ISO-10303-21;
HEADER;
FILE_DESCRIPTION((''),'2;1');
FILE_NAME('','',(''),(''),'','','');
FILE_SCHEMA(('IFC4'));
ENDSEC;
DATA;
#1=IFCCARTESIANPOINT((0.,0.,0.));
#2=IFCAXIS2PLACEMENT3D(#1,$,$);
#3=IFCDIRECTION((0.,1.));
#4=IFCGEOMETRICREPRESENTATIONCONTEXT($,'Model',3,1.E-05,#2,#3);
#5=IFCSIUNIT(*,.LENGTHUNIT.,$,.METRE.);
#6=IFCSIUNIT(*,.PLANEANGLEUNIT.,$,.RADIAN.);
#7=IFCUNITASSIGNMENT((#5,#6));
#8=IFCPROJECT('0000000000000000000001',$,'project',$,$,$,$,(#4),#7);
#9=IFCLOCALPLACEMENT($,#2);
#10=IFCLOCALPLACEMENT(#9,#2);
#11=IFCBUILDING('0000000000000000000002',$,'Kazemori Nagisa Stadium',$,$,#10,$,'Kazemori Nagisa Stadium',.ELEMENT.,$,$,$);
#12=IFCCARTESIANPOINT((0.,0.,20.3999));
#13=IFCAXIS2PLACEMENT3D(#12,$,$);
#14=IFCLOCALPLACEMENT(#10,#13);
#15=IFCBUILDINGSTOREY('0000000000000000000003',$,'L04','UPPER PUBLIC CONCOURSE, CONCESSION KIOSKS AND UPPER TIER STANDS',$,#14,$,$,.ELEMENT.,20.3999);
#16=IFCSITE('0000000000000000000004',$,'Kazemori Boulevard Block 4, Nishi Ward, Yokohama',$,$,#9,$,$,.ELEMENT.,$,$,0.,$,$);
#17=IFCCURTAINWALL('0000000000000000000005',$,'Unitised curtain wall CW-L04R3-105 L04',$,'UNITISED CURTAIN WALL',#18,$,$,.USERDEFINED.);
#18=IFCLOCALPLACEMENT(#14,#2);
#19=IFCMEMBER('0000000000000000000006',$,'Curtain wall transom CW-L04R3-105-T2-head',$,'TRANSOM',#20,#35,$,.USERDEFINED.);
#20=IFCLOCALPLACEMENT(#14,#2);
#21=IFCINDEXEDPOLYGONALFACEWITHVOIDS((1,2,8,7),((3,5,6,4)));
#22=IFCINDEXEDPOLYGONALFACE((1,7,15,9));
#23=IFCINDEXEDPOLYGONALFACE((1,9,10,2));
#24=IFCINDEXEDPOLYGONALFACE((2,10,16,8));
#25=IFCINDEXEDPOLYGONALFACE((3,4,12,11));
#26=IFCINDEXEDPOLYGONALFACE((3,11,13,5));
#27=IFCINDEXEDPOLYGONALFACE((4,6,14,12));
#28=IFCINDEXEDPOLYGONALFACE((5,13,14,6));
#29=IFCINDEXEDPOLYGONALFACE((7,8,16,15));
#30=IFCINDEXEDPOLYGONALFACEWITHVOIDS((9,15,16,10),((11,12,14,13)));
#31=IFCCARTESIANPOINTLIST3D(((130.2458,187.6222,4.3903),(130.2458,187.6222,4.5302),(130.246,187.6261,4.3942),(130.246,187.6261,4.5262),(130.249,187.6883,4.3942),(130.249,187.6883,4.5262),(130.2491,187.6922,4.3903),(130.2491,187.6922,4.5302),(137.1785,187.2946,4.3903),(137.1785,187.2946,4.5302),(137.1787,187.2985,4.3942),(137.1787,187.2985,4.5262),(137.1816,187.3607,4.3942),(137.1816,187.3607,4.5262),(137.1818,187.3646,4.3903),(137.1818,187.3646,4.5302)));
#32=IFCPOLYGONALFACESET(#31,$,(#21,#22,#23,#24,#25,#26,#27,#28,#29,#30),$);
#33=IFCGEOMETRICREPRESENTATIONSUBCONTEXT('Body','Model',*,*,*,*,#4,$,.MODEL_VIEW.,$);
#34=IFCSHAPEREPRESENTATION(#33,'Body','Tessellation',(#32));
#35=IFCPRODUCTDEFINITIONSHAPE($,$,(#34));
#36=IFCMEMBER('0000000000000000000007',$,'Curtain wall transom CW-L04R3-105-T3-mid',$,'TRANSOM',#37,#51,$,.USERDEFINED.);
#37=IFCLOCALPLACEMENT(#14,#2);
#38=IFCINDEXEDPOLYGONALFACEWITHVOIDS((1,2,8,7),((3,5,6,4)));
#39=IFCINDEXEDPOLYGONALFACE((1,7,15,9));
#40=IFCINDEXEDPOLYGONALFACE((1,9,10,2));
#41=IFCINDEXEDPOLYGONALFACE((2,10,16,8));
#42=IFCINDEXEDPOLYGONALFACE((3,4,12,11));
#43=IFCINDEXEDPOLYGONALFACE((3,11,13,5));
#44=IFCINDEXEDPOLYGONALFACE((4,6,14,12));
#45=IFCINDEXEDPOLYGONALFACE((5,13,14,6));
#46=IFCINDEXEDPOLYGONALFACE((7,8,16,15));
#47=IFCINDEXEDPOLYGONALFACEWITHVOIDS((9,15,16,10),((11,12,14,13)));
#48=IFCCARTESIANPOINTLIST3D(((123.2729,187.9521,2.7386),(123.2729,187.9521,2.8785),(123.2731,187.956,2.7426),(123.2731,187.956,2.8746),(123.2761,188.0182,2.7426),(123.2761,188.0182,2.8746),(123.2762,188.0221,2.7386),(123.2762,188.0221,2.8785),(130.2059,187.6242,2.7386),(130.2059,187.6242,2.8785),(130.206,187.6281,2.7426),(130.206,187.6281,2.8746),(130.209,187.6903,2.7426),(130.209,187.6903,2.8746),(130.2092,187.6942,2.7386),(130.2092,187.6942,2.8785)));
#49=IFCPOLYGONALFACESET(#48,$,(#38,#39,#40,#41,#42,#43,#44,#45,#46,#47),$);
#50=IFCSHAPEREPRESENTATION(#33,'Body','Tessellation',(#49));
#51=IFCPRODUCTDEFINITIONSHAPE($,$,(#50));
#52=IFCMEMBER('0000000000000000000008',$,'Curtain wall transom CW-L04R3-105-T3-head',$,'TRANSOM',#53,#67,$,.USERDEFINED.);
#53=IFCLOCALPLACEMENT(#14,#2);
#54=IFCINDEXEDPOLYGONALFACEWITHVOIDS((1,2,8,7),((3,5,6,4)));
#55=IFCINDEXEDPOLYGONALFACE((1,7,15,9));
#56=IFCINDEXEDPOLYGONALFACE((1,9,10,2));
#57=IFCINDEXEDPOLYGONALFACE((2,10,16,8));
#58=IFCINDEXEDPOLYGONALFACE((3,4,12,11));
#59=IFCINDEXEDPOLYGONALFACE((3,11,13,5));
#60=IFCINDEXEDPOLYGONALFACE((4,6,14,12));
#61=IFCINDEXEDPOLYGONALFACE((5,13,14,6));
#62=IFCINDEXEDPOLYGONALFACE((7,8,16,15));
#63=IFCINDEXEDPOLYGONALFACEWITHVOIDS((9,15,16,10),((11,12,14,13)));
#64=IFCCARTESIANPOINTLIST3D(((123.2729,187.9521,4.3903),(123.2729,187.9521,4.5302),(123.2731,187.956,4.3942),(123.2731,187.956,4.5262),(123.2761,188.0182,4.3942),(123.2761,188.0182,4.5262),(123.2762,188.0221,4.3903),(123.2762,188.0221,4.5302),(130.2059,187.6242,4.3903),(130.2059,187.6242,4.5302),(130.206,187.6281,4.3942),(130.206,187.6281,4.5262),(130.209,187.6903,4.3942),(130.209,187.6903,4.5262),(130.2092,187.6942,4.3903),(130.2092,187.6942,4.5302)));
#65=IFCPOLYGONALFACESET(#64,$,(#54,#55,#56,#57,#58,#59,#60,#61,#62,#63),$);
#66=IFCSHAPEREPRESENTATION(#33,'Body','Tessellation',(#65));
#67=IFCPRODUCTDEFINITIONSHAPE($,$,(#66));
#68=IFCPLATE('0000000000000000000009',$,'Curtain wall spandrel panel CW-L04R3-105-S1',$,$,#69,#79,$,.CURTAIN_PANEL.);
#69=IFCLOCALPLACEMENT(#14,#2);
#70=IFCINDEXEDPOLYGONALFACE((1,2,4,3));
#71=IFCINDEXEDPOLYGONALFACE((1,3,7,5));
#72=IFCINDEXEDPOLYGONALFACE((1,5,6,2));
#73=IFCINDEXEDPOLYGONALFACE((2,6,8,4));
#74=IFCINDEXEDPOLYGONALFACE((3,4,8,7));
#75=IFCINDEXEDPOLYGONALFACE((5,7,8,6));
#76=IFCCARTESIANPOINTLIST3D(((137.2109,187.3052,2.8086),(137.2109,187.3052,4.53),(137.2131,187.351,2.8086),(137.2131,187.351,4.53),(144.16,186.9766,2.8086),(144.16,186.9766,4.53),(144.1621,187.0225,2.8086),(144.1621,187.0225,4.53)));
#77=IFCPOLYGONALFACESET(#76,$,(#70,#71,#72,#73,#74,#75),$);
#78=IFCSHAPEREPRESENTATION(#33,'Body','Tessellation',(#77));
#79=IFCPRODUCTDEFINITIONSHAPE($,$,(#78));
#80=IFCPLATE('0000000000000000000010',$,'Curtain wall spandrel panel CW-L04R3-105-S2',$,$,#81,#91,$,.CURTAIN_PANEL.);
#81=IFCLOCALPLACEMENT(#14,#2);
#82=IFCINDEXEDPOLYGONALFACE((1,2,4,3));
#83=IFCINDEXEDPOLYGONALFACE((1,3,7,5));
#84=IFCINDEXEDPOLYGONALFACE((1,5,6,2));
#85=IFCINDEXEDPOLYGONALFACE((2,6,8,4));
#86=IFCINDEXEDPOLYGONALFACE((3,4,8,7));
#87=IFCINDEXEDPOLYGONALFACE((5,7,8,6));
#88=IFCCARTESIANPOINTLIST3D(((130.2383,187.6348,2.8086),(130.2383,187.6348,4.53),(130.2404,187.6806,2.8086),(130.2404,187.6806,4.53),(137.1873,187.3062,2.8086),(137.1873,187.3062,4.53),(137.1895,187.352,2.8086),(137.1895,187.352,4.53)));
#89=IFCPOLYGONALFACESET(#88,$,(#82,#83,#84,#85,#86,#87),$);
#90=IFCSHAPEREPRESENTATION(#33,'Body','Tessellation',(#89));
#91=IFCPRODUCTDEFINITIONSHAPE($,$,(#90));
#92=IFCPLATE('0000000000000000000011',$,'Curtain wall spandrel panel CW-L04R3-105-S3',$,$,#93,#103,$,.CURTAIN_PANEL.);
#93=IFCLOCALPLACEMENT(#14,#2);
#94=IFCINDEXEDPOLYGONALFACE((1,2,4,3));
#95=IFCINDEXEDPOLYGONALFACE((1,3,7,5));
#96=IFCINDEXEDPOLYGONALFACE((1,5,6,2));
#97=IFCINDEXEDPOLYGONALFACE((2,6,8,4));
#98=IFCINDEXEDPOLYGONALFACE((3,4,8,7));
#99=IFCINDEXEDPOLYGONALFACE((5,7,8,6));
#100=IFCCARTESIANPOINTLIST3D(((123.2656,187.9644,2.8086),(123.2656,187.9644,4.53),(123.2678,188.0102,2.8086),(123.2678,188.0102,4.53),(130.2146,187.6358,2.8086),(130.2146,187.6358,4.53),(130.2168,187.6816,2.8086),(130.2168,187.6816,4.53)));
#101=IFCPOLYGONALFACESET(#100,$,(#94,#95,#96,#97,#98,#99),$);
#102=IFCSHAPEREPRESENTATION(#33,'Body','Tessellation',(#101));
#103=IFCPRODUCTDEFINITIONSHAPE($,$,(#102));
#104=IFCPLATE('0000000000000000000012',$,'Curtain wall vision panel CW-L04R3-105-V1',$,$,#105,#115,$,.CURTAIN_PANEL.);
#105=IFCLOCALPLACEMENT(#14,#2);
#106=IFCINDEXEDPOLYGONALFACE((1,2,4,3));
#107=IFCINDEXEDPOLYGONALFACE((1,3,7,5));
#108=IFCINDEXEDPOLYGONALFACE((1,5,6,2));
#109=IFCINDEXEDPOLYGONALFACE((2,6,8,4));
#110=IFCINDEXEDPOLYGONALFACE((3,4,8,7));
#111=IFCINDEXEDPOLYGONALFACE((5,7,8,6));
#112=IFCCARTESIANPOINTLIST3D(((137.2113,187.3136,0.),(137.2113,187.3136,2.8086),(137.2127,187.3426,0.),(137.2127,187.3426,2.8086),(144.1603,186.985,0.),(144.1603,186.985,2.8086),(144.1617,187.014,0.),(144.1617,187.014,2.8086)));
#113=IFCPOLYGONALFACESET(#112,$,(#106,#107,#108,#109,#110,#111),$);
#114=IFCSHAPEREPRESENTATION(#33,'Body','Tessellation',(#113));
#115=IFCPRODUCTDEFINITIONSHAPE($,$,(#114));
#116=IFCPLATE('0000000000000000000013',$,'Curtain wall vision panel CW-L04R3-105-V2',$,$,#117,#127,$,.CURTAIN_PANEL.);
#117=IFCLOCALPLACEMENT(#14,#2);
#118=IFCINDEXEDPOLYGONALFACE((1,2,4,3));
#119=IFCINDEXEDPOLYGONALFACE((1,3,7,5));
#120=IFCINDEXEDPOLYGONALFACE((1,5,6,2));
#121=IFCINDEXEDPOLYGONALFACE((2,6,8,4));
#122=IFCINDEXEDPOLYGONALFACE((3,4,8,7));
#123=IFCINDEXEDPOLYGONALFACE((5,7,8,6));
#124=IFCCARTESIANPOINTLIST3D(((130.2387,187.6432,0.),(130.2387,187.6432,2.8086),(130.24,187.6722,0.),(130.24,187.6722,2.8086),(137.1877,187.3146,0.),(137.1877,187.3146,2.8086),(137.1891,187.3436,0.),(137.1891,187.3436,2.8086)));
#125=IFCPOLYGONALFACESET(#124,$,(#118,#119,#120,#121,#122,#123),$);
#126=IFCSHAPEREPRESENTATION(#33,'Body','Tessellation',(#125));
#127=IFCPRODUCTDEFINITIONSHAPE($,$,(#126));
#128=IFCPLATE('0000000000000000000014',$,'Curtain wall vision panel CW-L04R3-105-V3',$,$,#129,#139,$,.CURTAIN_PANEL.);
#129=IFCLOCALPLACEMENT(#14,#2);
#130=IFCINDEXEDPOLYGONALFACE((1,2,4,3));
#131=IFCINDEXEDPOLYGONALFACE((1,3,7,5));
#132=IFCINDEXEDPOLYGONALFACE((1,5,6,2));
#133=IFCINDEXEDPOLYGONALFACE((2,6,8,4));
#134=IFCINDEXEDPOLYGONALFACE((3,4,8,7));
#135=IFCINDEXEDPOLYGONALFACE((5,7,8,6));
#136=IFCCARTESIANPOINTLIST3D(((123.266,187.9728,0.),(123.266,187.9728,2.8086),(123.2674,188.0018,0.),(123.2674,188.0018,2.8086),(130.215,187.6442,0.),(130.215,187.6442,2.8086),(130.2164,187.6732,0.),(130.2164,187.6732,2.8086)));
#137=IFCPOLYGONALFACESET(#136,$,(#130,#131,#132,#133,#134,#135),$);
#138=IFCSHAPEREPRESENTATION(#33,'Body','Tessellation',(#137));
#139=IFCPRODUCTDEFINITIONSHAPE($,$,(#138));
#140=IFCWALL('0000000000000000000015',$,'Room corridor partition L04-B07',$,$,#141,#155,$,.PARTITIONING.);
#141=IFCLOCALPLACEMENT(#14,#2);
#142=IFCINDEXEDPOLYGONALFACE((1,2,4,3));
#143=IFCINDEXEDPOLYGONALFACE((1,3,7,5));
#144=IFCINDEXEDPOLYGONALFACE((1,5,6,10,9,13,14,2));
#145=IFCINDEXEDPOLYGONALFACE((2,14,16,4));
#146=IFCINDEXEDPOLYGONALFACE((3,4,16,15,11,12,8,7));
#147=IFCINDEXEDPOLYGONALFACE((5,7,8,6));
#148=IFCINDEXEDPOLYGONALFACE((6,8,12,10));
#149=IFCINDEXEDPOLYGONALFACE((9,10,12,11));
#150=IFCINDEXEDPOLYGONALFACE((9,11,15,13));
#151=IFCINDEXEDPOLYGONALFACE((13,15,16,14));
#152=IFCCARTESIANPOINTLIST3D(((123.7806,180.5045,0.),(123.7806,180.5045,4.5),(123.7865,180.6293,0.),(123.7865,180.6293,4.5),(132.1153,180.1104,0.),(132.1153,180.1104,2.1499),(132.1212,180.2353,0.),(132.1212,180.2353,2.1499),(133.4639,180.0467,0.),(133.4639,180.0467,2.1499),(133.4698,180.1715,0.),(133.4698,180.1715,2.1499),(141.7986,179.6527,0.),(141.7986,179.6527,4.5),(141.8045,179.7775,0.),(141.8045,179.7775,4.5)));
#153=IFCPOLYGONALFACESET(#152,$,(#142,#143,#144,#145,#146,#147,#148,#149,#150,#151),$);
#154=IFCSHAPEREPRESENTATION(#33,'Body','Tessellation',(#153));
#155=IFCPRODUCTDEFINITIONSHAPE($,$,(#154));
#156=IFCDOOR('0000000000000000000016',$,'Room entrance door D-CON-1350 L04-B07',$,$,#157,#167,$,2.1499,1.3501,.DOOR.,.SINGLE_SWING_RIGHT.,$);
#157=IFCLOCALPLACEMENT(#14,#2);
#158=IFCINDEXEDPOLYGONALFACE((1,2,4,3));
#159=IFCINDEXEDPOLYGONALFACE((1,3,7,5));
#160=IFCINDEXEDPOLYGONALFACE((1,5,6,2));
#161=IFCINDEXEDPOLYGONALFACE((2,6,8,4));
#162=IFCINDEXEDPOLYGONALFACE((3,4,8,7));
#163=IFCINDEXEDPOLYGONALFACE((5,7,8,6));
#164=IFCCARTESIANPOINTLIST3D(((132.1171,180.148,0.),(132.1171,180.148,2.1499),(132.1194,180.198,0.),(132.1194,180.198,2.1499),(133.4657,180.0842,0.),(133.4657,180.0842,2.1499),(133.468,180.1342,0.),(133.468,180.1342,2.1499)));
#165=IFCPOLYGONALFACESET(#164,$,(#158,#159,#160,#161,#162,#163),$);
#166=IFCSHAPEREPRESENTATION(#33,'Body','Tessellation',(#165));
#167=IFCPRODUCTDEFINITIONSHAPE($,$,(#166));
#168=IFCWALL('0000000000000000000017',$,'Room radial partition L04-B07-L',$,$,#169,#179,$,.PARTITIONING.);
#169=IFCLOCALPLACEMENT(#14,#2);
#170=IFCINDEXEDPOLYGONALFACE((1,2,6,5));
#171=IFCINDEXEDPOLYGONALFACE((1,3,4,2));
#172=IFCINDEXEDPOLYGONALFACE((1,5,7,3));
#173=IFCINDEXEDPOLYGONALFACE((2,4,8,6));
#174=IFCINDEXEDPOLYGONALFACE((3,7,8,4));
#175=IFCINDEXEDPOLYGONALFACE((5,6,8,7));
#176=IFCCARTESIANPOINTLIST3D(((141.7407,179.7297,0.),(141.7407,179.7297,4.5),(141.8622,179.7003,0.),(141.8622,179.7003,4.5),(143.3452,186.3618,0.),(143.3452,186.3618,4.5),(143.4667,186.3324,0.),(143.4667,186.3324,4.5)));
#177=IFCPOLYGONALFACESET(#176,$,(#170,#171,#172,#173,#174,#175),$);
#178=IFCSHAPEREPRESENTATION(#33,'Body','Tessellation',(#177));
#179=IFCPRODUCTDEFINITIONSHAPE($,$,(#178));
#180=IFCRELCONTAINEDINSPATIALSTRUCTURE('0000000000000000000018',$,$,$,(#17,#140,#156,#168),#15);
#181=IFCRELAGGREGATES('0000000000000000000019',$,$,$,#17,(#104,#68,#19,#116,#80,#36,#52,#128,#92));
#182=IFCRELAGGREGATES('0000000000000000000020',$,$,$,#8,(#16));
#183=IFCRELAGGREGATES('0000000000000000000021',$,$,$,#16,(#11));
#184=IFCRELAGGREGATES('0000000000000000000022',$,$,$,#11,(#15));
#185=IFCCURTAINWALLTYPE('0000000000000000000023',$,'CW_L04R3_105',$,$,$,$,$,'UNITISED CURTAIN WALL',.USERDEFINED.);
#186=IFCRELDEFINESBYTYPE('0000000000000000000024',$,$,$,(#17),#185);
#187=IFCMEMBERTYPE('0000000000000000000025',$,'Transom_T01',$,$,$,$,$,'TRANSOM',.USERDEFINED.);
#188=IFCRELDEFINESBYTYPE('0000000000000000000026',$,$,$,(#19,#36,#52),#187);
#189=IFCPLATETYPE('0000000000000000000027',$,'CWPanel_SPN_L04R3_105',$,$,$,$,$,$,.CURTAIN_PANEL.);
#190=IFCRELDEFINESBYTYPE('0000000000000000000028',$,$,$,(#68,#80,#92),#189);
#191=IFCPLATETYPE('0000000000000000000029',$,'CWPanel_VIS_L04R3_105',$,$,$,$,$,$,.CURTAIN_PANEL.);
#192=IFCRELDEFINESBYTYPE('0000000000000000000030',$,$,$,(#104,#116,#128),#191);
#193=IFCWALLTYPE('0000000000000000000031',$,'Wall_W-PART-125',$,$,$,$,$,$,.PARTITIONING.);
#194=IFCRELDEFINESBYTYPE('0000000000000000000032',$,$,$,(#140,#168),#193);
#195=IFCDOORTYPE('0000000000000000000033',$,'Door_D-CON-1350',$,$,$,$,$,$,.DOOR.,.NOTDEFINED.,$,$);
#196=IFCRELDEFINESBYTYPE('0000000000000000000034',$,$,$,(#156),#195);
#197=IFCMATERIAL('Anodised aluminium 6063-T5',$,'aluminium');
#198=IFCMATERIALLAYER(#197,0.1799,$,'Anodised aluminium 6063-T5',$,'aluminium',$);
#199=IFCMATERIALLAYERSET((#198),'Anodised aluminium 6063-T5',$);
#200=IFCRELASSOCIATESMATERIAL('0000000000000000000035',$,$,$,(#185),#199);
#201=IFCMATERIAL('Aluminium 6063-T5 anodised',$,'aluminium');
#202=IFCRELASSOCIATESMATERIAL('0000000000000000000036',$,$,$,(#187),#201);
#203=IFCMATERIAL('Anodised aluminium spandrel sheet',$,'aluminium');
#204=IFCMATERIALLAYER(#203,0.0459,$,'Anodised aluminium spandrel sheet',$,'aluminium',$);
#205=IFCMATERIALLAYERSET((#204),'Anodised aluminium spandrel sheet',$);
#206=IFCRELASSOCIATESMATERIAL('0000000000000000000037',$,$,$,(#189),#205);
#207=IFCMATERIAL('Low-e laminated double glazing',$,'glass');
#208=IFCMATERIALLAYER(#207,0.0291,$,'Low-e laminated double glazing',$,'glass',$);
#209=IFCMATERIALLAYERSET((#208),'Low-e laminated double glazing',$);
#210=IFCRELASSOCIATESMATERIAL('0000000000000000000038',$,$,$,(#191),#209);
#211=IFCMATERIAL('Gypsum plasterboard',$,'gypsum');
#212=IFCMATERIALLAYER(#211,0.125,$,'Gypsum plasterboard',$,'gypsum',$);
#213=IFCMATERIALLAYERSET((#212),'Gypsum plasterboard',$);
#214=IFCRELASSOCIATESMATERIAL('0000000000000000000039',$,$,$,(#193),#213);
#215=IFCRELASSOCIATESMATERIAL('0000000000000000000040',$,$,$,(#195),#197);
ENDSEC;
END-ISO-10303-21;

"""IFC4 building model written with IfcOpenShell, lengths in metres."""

from ifc_helpers import new_model, si_unit, direction, frame, frame_2d, origin, origin_2d, place, context, subcontext, project, spatial, rectangle, hollow_rectangle, extrude, material, layer, layer_set, material_profile, profile_set, type_object, element, fill, aggregate, save


model = new_model("IFC4")

# Units and contexts
model_context = context("Model", 3, precision=1e-05, world=origin(), true_north=direction((0.0, 1.0)))
body_context = subcontext(model_context, "Body", "Model", "MODEL_VIEW")
ifc_project = project(units=[si_unit("LENGTHUNIT", "METRE"), si_unit("PLANEANGLEUNIT", "RADIAN")], contexts=[model_context])

# Site, building, storey
site_placement = place(None, origin())
site = spatial("IfcSite", under=ifc_project, at=site_placement, Name="Kazemori Boulevard Block 4, Nishi Ward, Yokohama", CompositionType="ELEMENT", RefElevation=0.0)
building_placement = place(site_placement, origin())
building = spatial("IfcBuilding", under=site, at=building_placement, Name="Kazemori Nagisa Stadium", LongName="Kazemori Nagisa Stadium", CompositionType="ELEMENT")
storey_placement = place(building_placement, frame((0.0, 0.0, 20.3999)))
storey = spatial("IfcBuildingStorey", under=building, at=storey_placement, Name="L04", Description="UPPER PUBLIC CONCOURSE, CONCESSION KIOSKS AND UPPER TIER STANDS", CompositionType="ELEMENT", Elevation=20.3999)

# Curtain wall, members, plates
ifc_material_1 = material(Name="Anodised aluminium 6063-T5", Category="aluminium")
ifc_layer_1 = layer(ifc_material_1, 0.1799, Name="Anodised aluminium 6063-T5", Category="aluminium")
ifc_layer_set_1 = layer_set([ifc_layer_1], Name="Anodised aluminium 6063-T5")
curtain_wall_type = type_object("IfcCurtainWallType", Name="CW_L04R3_105", ElementType="UNITISED CURTAIN WALL", PredefinedType="USERDEFINED", material=ifc_layer_set_1)
curtain_wall_placement = place(storey_placement, origin())
curtain_wall = element("IfcCurtainWall", 1, at=curtain_wall_placement, inside=storey, type_object=curtain_wall_type, Name="Unitised curtain wall CW-L04R3-105 L04", ObjectType="UNITISED CURTAIN WALL", PredefinedType="USERDEFINED")
ifc_material_2 = material(Name="Aluminium 6063-T5 anodised", Category="aluminium")
ifc_material_profile_1 = material_profile(ifc_material_2, hollow_rectangle(XDim=0.0701, YDim=0.1399, WallThickness=0.0039, at=origin_2d()), Name="ALU-TRAN-70x140x4")
ifc_profile_set_1 = profile_set([ifc_material_profile_1], Name="Aluminium 6063-T5 anodised")
member_type_1 = type_object("IfcMemberType", Name="Transom_T01", ElementType="TRANSOM", PredefinedType="USERDEFINED", material=ifc_profile_set_1)
member_1_placement = place(storey_placement, frame((137.1802, 187.3296, 4.4602), z_axis=(-0.998885, 0.047207, 0.0), x_axis=(-0.047207, -0.998885, 0.0)))
member_1 = element("IfcMember", 2, at=member_1_placement, type_object=member_type_1, Name="Curtain wall transom CW-L04R3-105-T2-head", ObjectType="TRANSOM", PredefinedType="USERDEFINED", context=body_context, shape_type="SweptSolid", body=[
    extrude(hollow_rectangle(XDim=0.0701, YDim=0.1399, WallThickness=0.0039, at=origin_2d()), origin(), (0.0, 0.0, 1.0), 6.9404),
])
member_2_placement = place(storey_placement, frame((130.2075, 187.6592, 2.8086), z_axis=(-0.998884, 0.047241, 0.0), x_axis=(-0.047241, -0.998884, 0.0)))
member_2 = element("IfcMember", 3, at=member_2_placement, type_object=member_type_1, Name="Curtain wall transom CW-L04R3-105-T3-mid", ObjectType="TRANSOM", PredefinedType="USERDEFINED", context=body_context, shape_type="SweptSolid", body=[
    extrude(hollow_rectangle(XDim=0.0701, YDim=0.1399, WallThickness=0.0039, at=origin_2d()), origin(), (0.0, 0.0, 1.0), 6.9407),
])
member_3_placement = place(storey_placement, frame((130.2075, 187.6592, 4.4602), z_axis=(-0.998884, 0.047241, 0.0), x_axis=(-0.047241, -0.998884, 0.0)))
member_3 = element("IfcMember", 4, at=member_3_placement, type_object=member_type_1, Name="Curtain wall transom CW-L04R3-105-T3-head", ObjectType="TRANSOM", PredefinedType="USERDEFINED", context=body_context, shape_type="SweptSolid", body=[
    extrude(hollow_rectangle(XDim=0.0701, YDim=0.1399, WallThickness=0.0039, at=origin_2d()), origin(), (0.0, 0.0, 1.0), 6.9407),
])
ifc_material_3 = material(Name="Anodised aluminium spandrel sheet", Category="aluminium")
ifc_layer_2 = layer(ifc_material_3, 0.0459, Name="Anodised aluminium spandrel sheet", Category="aluminium")
ifc_layer_set_2 = layer_set([ifc_layer_2], Name="Anodised aluminium spandrel sheet")
plate_type_1 = type_object("IfcPlateType", Name="CWPanel_SPN_L04R3_105", PredefinedType="CURTAIN_PANEL", material=ifc_layer_set_2)
plate_1_placement = place(storey_placement, frame((140.6865, 187.1638, 2.8086), z_axis=(0.0, 0.0, 1.0), x_axis=(-0.998884, 0.04723, 0.0)))
plate_1 = element("IfcPlate", 5, at=plate_1_placement, type_object=plate_type_1, Name="Curtain wall spandrel panel CW-L04R3-105-S1", PredefinedType="CURTAIN_PANEL", context=body_context, shape_type="SweptSolid", body=[
    extrude(rectangle(XDim=6.9568, YDim=0.0459, at=origin_2d()), origin(), (0.0, 0.0, 1.0), 1.7214),
])
plate_2_placement = place(storey_placement, frame((133.7139, 187.4934, 2.8086), z_axis=(0.0, 0.0, 1.0), x_axis=(-0.998884, 0.04723, 0.0)))
plate_2 = element("IfcPlate", 6, at=plate_2_placement, type_object=plate_type_1, Name="Curtain wall spandrel panel CW-L04R3-105-S2", PredefinedType="CURTAIN_PANEL", context=body_context, shape_type="SweptSolid", body=[
    extrude(rectangle(XDim=6.9568, YDim=0.0459, at=origin_2d()), origin(), (0.0, 0.0, 1.0), 1.7214),
])
plate_3_placement = place(storey_placement, frame((126.7412, 187.823, 2.8086), z_axis=(0.0, 0.0, 1.0), x_axis=(-0.998884, 0.04723, 0.0)))
plate_3 = element("IfcPlate", 7, at=plate_3_placement, type_object=plate_type_1, Name="Curtain wall spandrel panel CW-L04R3-105-S3", PredefinedType="CURTAIN_PANEL", context=body_context, shape_type="SweptSolid", body=[
    extrude(rectangle(XDim=6.9568, YDim=0.0459, at=origin_2d()), origin(), (0.0, 0.0, 1.0), 1.7214),
])
ifc_material_4 = material(Name="Low-e laminated double glazing", Category="glass")
ifc_layer_3 = layer(ifc_material_4, 0.0291, Name="Low-e laminated double glazing", Category="glass")
ifc_layer_set_3 = layer_set([ifc_layer_3], Name="Low-e laminated double glazing")
plate_type_2 = type_object("IfcPlateType", Name="CWPanel_VIS_L04R3_105", PredefinedType="CURTAIN_PANEL", material=ifc_layer_set_3)
plate_4_placement = place(storey_placement, frame((140.6865, 187.1638, 0.0), z_axis=(0.0, 0.0, 1.0), x_axis=(-0.998884, 0.04723, 0.0)))
plate_4 = element("IfcPlate", 8, at=plate_4_placement, type_object=plate_type_2, Name="Curtain wall vision panel CW-L04R3-105-V1", PredefinedType="CURTAIN_PANEL", context=body_context, shape_type="SweptSolid", body=[
    extrude(rectangle(XDim=6.9568, YDim=0.0291, at=origin_2d()), origin(), (0.0, 0.0, 1.0), 2.8086),
])
plate_5_placement = place(storey_placement, frame((133.7139, 187.4934, 0.0), z_axis=(0.0, 0.0, 1.0), x_axis=(-0.998884, 0.04723, 0.0)))
plate_5 = element("IfcPlate", 9, at=plate_5_placement, type_object=plate_type_2, Name="Curtain wall vision panel CW-L04R3-105-V2", PredefinedType="CURTAIN_PANEL", context=body_context, shape_type="SweptSolid", body=[
    extrude(rectangle(XDim=6.9568, YDim=0.0291, at=origin_2d()), origin(), (0.0, 0.0, 1.0), 2.8086),
])
plate_6_placement = place(storey_placement, frame((126.7412, 187.823, 0.0), z_axis=(0.0, 0.0, 1.0), x_axis=(-0.998884, 0.04723, 0.0)))
plate_6 = element("IfcPlate", 10, at=plate_6_placement, type_object=plate_type_2, Name="Curtain wall vision panel CW-L04R3-105-V3", PredefinedType="CURTAIN_PANEL", context=body_context, shape_type="SweptSolid", body=[
    extrude(rectangle(XDim=6.9568, YDim=0.0291, at=origin_2d()), origin(), (0.0, 0.0, 1.0), 2.8086),
])
aggregate(curtain_wall, [plate_4, plate_1, member_1, plate_5, plate_2, member_2, member_3, plate_6, plate_3])

# Wall, opening, door
ifc_material_5 = material(Name="Gypsum plasterboard", Category="gypsum")
ifc_layer_4 = layer(ifc_material_5, 0.125, Name="Gypsum plasterboard", Category="gypsum")
ifc_layer_set_4 = layer_set([ifc_layer_4], Name="Gypsum plasterboard")
wall_type = type_object("IfcWallType", Name="Wall_W-PART-125", PredefinedType="PARTITIONING", material=ifc_layer_set_4)
wall_1_placement = place(storey_placement, frame((141.8015, 179.7151, 0.0), z_axis=(0.0, 0.0, 1.0), x_axis=(-0.998884, 0.047222, 0.0)))
wall_1 = element("IfcWall", 11, at=wall_1_placement, inside=storey, type_object=wall_type, Name="Room corridor partition L04-B07", PredefinedType="PARTITIONING", context=body_context, shape_type="SweptSolid", body=[
    extrude(rectangle(XDim=18.0381, YDim=0.125, at=frame_2d((9.019, 0.0))), origin(), (0.0, 0.0, 1.0), 4.5),
])
opening_placement = place(wall_1_placement, frame((8.344, 0.0, 0.0)))
opening = element("IfcOpeningElement", 12, at=opening_placement, cuts=wall_1, PredefinedType="OPENING", context=body_context, shape_type="SweptSolid", body=[
    extrude(rectangle(XDim=1.3501, YDim=2.1499, at=frame_2d((0.675, 1.075))), frame((0.0, 0.0725, 0.0), z_axis=(0.0, -1.0, 0.0), x_axis=(1.0, 0.0, 0.0)), (0.0, 0.0, 1.0), 0.145),
])
door_type = type_object("IfcDoorType", Name="Door_D-CON-1350", OperationType="NOTDEFINED", PredefinedType="DOOR", material=ifc_material_1)
door_placement = place(opening_placement, origin())
door = element("IfcDoor", 13, at=door_placement, inside=storey, type_object=door_type, Name="Room entrance door D-CON-1350 L04-B07", OperationType="SINGLE_SWING_RIGHT", OverallHeight=2.1499, OverallWidth=1.3501, PredefinedType="DOOR", context=body_context, shape_type="SweptSolid", body=[
    extrude(rectangle(XDim=1.3501, YDim=2.1499, at=frame_2d((0.675, 1.075))), frame((0.0, 0.0249, 0.0), z_axis=(0.0, -1.0, 0.0), x_axis=(1.0, 0.0, 0.0)), (0.0, 0.0, 1.0), 0.05),
])
fill(opening, door)

# Wall
wall_2_placement = place(storey_placement, frame((141.8015, 179.7151, 0.0), z_axis=(0.0, 0.0, 1.0), x_axis=(0.235145, 0.97196, 0.0)))
element("IfcWall", 14, at=wall_2_placement, inside=storey, type_object=wall_type, Name="Room radial partition L04-B07-L", PredefinedType="PARTITIONING", context=body_context, shape_type="SweptSolid", body=[
    extrude(rectangle(XDim=6.8235, YDim=0.125, at=frame_2d((3.4116, 0.0))), origin(), (0.0, 0.0, 1.0), 4.5),
])

save(model, "model.ifc")
